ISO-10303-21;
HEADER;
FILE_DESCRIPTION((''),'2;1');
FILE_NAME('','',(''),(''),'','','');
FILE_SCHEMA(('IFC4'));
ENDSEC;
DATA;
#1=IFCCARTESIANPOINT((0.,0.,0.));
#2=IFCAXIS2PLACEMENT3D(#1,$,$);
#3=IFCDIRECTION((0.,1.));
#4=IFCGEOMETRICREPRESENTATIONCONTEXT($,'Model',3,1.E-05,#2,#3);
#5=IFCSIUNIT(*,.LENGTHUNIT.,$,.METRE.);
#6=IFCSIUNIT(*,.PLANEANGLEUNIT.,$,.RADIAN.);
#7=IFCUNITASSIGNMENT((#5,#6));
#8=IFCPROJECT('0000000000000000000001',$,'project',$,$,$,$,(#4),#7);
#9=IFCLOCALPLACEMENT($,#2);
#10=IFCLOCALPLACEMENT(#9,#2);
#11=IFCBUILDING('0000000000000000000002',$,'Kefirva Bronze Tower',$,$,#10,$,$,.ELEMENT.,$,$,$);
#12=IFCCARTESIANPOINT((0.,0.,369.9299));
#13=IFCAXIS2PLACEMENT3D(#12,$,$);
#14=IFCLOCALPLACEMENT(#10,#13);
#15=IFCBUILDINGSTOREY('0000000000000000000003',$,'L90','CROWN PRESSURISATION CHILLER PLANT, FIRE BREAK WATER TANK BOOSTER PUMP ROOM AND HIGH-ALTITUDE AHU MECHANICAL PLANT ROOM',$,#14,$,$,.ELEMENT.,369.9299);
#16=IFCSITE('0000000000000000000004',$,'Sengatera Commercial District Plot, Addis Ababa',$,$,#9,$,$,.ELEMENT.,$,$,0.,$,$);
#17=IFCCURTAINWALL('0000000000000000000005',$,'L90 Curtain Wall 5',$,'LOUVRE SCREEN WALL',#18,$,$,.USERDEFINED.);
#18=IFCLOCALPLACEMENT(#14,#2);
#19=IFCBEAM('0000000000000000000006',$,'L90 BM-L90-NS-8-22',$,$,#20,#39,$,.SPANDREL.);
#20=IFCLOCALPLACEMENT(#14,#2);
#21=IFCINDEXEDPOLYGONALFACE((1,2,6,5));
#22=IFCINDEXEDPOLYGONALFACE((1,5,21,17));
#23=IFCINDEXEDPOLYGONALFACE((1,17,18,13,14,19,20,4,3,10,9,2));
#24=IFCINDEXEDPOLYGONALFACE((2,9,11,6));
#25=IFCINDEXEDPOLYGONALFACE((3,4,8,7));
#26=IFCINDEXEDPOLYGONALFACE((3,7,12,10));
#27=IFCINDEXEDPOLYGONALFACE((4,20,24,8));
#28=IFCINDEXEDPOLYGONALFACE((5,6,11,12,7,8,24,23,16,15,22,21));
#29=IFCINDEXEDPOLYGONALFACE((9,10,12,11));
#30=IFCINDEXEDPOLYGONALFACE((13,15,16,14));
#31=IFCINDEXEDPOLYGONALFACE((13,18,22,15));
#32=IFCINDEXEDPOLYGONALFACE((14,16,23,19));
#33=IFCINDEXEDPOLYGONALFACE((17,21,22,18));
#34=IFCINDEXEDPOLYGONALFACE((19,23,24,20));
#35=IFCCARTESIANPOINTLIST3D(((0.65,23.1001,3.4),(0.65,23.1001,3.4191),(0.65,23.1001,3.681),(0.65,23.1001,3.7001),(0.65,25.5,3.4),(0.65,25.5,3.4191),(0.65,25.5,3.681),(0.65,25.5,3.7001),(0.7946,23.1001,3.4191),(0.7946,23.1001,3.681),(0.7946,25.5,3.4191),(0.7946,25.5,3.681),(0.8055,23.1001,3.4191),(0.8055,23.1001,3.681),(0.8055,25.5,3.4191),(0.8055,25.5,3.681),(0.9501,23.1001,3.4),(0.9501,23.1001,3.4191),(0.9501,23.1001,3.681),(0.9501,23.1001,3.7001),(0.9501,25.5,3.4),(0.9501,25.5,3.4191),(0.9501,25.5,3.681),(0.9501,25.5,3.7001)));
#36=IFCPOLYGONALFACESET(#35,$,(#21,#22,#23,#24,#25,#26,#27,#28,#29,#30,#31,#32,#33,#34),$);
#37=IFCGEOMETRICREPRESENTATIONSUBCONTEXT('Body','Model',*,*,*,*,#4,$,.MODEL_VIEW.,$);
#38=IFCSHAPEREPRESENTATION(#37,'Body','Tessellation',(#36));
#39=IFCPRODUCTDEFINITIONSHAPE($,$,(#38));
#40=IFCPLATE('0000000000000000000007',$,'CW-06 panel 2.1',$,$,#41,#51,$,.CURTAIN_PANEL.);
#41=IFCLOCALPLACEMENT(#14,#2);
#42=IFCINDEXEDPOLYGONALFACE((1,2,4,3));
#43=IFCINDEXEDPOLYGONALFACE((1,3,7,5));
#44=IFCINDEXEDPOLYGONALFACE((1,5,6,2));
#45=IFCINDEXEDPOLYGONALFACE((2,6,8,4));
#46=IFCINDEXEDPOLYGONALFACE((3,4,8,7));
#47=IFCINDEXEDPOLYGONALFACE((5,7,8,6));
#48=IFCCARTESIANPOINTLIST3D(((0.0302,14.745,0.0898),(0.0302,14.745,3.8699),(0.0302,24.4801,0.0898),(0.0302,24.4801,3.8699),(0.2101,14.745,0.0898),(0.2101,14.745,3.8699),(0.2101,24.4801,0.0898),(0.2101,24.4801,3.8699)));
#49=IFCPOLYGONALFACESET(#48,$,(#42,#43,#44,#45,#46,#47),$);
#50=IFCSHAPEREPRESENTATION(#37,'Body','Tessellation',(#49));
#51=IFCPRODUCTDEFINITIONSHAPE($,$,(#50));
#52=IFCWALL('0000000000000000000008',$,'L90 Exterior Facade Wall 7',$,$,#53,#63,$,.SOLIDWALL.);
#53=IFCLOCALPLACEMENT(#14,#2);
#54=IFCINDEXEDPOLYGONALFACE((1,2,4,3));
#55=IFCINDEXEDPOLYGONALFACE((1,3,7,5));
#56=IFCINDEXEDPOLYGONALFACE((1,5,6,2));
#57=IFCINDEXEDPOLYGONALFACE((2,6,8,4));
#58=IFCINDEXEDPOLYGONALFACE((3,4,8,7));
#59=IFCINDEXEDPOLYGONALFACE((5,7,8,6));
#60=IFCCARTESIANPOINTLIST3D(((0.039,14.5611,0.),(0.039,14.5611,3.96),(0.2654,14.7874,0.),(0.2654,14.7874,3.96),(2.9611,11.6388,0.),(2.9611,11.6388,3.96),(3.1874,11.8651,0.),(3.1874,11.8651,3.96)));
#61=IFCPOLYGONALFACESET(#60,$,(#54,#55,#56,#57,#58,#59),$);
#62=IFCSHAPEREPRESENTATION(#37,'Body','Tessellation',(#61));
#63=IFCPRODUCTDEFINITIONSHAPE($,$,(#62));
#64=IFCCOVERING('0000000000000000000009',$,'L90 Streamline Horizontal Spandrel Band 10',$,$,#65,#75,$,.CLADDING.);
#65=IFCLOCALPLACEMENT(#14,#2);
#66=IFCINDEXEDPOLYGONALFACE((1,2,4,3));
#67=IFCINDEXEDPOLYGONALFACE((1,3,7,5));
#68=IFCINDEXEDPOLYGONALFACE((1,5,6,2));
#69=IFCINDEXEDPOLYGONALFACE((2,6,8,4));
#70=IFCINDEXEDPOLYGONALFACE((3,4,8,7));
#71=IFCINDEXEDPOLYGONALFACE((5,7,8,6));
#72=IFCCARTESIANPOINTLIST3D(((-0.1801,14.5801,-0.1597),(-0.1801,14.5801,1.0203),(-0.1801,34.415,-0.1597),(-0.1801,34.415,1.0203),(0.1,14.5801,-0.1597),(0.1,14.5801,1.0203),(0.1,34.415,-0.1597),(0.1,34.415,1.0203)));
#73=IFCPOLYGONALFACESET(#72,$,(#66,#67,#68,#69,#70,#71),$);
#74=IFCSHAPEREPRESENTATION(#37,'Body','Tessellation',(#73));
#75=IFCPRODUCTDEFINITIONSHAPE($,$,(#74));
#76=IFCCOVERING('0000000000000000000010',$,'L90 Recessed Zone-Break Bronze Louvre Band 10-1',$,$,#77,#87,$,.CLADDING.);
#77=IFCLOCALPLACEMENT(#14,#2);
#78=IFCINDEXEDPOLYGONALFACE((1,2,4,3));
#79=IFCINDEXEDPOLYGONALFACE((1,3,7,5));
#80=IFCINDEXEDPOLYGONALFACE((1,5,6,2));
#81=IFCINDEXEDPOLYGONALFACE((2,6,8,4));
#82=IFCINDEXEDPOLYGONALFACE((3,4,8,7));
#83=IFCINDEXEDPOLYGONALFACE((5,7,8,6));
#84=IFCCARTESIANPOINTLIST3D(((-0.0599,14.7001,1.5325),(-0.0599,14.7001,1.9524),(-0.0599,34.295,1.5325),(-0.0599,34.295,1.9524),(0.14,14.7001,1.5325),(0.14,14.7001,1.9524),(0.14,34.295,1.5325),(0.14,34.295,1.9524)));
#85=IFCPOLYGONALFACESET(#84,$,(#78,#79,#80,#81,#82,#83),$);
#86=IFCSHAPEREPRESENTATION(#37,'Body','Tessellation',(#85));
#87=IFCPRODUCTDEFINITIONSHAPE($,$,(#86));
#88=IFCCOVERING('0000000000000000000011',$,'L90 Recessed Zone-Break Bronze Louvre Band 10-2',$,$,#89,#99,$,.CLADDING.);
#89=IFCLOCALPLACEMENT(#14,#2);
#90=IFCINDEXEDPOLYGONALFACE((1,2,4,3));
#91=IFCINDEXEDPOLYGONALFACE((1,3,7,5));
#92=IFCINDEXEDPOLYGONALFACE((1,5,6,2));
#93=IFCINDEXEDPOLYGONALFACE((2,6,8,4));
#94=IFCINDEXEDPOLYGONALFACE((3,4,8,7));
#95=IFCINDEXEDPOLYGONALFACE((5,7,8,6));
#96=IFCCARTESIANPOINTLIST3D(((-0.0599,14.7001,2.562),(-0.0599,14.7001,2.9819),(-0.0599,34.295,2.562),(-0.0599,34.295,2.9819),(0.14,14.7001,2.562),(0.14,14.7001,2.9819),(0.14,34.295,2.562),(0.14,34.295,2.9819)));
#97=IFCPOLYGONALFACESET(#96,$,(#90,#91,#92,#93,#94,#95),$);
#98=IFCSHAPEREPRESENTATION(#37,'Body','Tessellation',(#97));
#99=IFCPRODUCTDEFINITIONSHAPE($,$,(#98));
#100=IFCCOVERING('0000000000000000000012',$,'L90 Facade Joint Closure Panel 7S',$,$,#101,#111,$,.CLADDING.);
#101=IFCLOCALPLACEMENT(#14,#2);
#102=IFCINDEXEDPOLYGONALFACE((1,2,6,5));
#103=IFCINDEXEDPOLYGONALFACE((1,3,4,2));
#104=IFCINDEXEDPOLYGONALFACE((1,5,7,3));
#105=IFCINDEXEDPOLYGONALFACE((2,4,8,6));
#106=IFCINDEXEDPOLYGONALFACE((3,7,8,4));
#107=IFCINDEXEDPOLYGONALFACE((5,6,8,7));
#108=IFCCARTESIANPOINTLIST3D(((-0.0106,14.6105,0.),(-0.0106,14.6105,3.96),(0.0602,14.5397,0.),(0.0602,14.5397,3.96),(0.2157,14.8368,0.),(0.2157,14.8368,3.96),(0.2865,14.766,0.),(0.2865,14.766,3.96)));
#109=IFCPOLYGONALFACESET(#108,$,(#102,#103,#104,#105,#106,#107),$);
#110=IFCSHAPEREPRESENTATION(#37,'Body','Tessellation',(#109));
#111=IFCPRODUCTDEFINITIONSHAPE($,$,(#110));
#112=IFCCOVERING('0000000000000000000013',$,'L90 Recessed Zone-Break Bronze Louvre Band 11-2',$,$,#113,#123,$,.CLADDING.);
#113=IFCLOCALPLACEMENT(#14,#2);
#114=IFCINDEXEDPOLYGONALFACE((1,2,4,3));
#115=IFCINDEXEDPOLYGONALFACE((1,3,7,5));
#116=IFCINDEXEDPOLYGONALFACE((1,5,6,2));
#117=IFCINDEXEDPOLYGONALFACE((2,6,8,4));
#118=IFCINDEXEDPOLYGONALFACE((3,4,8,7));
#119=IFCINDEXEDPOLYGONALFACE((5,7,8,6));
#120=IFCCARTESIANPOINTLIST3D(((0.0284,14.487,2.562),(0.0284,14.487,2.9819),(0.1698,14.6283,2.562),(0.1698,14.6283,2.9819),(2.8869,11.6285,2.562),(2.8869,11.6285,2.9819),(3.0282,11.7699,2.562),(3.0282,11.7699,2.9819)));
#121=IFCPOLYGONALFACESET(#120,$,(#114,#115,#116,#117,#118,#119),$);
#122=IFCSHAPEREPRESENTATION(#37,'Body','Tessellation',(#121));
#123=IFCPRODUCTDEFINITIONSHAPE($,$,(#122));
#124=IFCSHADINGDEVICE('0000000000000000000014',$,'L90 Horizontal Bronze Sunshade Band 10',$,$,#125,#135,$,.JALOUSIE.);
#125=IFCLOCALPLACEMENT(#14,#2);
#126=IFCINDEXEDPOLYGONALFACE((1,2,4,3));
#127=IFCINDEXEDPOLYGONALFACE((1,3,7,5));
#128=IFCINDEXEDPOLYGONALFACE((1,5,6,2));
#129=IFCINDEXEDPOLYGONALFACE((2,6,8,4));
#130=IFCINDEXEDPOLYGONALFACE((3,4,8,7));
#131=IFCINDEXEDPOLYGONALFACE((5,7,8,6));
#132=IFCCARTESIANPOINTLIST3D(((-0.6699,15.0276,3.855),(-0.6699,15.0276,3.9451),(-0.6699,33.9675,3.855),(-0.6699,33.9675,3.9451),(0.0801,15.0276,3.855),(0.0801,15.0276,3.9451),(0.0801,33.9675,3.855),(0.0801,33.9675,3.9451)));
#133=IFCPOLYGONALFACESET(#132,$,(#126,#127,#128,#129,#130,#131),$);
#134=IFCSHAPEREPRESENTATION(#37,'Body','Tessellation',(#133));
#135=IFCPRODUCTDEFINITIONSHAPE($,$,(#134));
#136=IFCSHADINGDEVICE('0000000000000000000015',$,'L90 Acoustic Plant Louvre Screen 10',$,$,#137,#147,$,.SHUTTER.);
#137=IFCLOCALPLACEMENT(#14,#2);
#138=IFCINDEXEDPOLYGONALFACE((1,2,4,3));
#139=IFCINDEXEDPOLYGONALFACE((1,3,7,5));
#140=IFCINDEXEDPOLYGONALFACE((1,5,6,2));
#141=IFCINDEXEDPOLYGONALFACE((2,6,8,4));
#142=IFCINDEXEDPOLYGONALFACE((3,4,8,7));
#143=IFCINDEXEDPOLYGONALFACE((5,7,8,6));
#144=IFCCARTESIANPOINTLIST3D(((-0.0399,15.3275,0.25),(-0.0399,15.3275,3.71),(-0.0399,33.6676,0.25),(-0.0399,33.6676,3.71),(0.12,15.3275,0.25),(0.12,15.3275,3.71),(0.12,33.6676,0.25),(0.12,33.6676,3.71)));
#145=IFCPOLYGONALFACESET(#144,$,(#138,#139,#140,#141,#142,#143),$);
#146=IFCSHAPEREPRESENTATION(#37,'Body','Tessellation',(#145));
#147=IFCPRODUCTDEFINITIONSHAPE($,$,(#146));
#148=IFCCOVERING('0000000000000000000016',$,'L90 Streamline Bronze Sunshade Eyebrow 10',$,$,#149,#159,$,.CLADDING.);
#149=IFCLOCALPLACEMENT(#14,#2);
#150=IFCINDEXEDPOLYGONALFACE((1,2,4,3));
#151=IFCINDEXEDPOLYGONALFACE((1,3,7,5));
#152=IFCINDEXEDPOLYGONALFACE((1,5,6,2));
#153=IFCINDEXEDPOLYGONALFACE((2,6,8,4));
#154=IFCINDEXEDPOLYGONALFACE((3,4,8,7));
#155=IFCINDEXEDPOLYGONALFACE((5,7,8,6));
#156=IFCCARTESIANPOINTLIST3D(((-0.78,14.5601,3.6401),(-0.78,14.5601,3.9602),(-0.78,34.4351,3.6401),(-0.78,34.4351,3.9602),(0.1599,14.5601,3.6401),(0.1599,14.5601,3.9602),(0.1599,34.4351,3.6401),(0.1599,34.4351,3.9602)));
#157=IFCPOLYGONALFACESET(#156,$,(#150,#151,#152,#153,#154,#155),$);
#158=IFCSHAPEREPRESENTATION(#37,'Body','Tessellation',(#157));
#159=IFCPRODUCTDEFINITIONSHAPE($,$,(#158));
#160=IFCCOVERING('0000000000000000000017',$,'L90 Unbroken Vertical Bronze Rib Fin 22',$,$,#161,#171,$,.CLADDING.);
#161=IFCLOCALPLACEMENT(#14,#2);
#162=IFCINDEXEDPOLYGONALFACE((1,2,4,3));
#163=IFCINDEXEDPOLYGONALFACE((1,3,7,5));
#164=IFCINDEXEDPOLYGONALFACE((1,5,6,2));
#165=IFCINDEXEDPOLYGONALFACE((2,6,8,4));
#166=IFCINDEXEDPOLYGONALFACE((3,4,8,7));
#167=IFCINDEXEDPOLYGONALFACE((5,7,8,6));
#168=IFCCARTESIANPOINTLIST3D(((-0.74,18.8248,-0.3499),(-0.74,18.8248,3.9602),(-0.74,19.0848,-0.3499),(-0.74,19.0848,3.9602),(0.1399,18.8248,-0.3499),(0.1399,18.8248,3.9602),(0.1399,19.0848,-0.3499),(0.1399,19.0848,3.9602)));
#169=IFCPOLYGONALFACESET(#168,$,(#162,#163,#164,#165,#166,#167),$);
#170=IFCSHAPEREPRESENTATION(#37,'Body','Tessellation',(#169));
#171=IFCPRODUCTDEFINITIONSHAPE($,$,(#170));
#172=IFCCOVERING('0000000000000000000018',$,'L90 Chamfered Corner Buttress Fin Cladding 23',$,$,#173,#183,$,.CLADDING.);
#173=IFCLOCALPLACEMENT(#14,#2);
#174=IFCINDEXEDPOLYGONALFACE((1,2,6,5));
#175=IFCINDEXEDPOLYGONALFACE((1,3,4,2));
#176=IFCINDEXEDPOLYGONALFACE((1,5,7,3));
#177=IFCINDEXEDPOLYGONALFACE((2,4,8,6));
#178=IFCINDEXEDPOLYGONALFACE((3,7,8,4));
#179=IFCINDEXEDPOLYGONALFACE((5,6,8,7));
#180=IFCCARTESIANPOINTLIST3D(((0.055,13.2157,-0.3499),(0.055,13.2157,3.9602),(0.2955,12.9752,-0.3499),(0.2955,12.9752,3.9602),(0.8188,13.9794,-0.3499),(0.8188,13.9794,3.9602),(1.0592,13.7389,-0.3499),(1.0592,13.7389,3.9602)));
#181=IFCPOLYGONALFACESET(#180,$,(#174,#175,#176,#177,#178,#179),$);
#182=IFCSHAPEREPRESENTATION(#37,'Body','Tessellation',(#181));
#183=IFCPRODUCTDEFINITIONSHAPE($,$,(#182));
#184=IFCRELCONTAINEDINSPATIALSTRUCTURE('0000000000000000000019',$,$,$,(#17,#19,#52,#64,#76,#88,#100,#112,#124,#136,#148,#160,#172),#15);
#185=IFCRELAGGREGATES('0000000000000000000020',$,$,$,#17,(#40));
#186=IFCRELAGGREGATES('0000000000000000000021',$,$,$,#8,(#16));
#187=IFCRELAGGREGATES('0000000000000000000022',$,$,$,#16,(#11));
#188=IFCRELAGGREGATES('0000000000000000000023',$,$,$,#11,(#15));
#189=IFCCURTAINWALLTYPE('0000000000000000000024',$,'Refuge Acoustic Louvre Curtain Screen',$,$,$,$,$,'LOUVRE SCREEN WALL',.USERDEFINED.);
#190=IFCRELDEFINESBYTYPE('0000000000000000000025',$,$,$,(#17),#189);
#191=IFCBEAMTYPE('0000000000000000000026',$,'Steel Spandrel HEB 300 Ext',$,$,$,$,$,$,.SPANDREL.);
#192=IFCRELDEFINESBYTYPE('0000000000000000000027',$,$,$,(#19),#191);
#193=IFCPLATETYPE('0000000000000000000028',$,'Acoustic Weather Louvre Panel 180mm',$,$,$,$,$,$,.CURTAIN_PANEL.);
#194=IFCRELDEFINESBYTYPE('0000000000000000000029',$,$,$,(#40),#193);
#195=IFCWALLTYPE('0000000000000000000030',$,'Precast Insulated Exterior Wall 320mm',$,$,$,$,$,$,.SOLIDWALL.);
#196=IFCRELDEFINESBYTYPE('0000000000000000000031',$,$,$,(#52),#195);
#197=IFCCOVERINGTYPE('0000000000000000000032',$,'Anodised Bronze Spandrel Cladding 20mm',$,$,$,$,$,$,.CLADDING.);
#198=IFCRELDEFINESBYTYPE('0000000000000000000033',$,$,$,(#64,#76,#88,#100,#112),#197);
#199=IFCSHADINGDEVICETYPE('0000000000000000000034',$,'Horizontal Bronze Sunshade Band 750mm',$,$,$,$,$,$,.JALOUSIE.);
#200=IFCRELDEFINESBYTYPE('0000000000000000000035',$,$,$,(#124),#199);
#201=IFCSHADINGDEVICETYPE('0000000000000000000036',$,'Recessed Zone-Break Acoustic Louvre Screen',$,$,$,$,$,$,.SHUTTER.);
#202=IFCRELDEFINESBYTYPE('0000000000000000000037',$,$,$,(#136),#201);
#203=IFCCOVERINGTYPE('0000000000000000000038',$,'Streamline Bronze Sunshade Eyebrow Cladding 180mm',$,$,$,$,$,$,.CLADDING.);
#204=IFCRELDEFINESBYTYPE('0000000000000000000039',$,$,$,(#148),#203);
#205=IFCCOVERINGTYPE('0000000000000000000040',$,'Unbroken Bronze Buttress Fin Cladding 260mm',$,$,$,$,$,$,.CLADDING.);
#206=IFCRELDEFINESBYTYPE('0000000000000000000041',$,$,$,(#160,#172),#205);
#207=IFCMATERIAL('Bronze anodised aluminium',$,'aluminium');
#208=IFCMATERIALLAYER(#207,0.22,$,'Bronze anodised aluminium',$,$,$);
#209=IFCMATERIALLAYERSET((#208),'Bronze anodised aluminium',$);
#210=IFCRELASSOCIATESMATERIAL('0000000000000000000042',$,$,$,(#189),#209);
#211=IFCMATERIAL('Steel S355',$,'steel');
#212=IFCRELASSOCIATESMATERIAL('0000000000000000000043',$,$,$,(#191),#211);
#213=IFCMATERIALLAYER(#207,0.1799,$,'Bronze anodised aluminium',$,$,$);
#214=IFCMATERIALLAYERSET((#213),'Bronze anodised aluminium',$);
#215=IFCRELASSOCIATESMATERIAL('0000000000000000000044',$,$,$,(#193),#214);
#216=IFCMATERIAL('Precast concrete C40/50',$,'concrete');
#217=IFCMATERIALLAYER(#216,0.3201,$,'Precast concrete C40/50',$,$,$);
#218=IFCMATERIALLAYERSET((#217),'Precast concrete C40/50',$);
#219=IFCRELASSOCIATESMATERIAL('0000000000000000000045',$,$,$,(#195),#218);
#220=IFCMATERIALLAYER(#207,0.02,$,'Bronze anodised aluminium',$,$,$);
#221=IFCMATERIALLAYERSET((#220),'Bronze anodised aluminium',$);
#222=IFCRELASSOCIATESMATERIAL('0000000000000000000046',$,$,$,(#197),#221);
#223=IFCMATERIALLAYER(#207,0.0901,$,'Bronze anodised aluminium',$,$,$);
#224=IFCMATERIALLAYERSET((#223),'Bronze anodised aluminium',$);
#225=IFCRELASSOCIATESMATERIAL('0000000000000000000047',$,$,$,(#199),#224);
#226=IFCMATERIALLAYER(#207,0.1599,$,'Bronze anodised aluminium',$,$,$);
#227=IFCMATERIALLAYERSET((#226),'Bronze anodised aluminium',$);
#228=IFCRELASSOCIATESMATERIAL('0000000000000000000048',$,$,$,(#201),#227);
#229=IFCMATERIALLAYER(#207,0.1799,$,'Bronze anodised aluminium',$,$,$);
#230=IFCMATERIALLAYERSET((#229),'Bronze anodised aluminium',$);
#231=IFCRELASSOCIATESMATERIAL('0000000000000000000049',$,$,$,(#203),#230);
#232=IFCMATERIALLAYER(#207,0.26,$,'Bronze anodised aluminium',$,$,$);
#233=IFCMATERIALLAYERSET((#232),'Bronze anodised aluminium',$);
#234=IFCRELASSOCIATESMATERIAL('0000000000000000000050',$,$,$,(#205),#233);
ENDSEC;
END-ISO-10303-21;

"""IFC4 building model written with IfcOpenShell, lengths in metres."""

from ifc_helpers import new_model, si_unit, direction, frame, frame_2d, origin, origin_2d, place, context, subcontext, project, spatial, rectangle, i_section, extrude, material, layer, layer_set, material_profile, profile_set, type_object, element, aggregate, save


model = new_model("IFC4")

# Units and contexts
model_context = context("Model", 3, precision=1e-05, world=origin(), true_north=direction((0.0, 1.0)))
body_context = subcontext(model_context, "Body", "Model", "MODEL_VIEW")
ifc_project = project(units=[si_unit("LENGTHUNIT", "METRE"), si_unit("PLANEANGLEUNIT", "RADIAN")], contexts=[model_context])

# Site, building, storey
site_placement = place(None, origin())
site = spatial("IfcSite", under=ifc_project, at=site_placement, Name="Sengatera Commercial District Plot, Addis Ababa", CompositionType="ELEMENT", RefElevation=0.0)
building_placement = place(site_placement, origin())
building = spatial("IfcBuilding", under=site, at=building_placement, Name="Kefirva Bronze Tower", CompositionType="ELEMENT")
storey_placement = place(building_placement, frame((0.0, 0.0, 369.9299)))
storey = spatial("IfcBuildingStorey", under=building, at=storey_placement, Name="L90", Description="CROWN PRESSURISATION CHILLER PLANT, FIRE BREAK WATER TANK BOOSTER PUMP ROOM AND HIGH-ALTITUDE AHU MECHANICAL PLANT ROOM", CompositionType="ELEMENT", Elevation=369.9299)

# Curtain wall
ifc_material_1 = material(Name="Bronze anodised aluminium", Category="aluminium")
ifc_layer_1 = layer(ifc_material_1, 0.22, Name="Bronze anodised aluminium")
ifc_layer_set_1 = layer_set([ifc_layer_1], Name="Bronze anodised aluminium")
curtain_wall_type = type_object("IfcCurtainWallType", Name="Refuge Acoustic Louvre Curtain Screen", ElementType="LOUVRE SCREEN WALL", PredefinedType="USERDEFINED", material=ifc_layer_set_1)
curtain_wall_placement = place(storey_placement, origin())
curtain_wall = element("IfcCurtainWall", 1, at=curtain_wall_placement, inside=storey, type_object=curtain_wall_type, Name="L90 Curtain Wall 5", ObjectType="LOUVRE SCREEN WALL", PredefinedType="USERDEFINED")

# Beam
ifc_material_2 = material(Name="Steel S355", Category="steel")
ifc_material_profile_1 = material_profile(ifc_material_2, i_section(OverallWidth=0.3, OverallDepth=0.3, WebThickness=0.011, FlangeThickness=0.019, at=origin_2d()), Name="HEB 300")
ifc_profile_set_1 = profile_set([ifc_material_profile_1], Name="Steel S355")
beam_type_1 = type_object("IfcBeamType", Name="Steel Spandrel HEB 300 Ext", PredefinedType="SPANDREL", material=ifc_profile_set_1)
beam_1_placement = place(storey_placement, frame((0.8, 23.1001, 3.55), z_axis=(0.0, 1.0, 0.0), x_axis=(-1.0, 0.0, 0.0)))
element("IfcBeam", 2, at=beam_1_placement, inside=storey, type_object=beam_type_1, Name="L90 BM-L90-NS-8-22", PredefinedType="SPANDREL", context=body_context, shape_type="SweptSolid", body=[
    extrude(i_section(OverallWidth=0.3, OverallDepth=0.3, WebThickness=0.011, FlangeThickness=0.019, at=origin_2d()), origin(), (0.0, 0.0, 1.0), 2.3999),
])

# Plate
ifc_layer_2 = layer(ifc_material_1, 0.1799, Name="Bronze anodised aluminium")
ifc_layer_set_2 = layer_set([ifc_layer_2], Name="Bronze anodised aluminium")
plate_type = type_object("IfcPlateType", Name="Acoustic Weather Louvre Panel 180mm", PredefinedType="CURTAIN_PANEL", material=ifc_layer_set_2)
plate_placement = place(storey_placement, frame((0.1201, 19.6125, 0.0898), z_axis=(0.0, 0.0, 1.0), x_axis=(0.0, -1.0, 0.0)))
plate = element("IfcPlate", 3, at=plate_placement, type_object=plate_type, Name="CW-06 panel 2.1", PredefinedType="CURTAIN_PANEL", context=body_context, shape_type="SweptSolid", body=[
    extrude(rectangle(XDim=9.7351, YDim=0.1799, at=origin_2d()), origin(), (0.0, 0.0, 1.0), 3.78),
])
aggregate(curtain_wall, [plate])

# Wall
ifc_material_3 = material(Name="Precast concrete C40/50", Category="concrete")
ifc_layer_3 = layer(ifc_material_3, 0.3201, Name="Precast concrete C40/50")
ifc_layer_set_3 = layer_set([ifc_layer_3], Name="Precast concrete C40/50")
wall_type = type_object("IfcWallType", Name="Precast Insulated Exterior Wall 320mm", PredefinedType="SOLIDWALL", material=ifc_layer_set_3)
wall_placement = place(storey_placement, frame((0.1521, 14.6743, 0.0), z_axis=(0.0, 0.0, 1.0), x_axis=(0.707077, -0.707136, 0.0)))
element("IfcWall", 4, at=wall_placement, inside=storey, type_object=wall_type, Name="L90 Exterior Facade Wall 7", PredefinedType="SOLIDWALL", context=body_context, shape_type="SweptSolid", body=[
    extrude(rectangle(XDim=4.1326, YDim=0.3201, at=frame_2d((2.0664, 0.0))), origin(), (0.0, 0.0, 1.0), 3.96),
])

# Coverings
ifc_layer_4 = layer(ifc_material_1, 0.02, Name="Bronze anodised aluminium")
ifc_layer_set_4 = layer_set([ifc_layer_4], Name="Bronze anodised aluminium")
covering_type_1 = type_object("IfcCoveringType", Name="Anodised Bronze Spandrel Cladding 20mm", PredefinedType="CLADDING", material=ifc_layer_set_4)
covering_1_placement = place(storey_placement, frame((-0.04, 24.4976, -0.1597), z_axis=(0.0, 0.0, 1.0), x_axis=(0.0, -1.0, 0.0)))
element("IfcCovering", 5, at=covering_1_placement, inside=storey, type_object=covering_type_1, Name="L90 Streamline Horizontal Spandrel Band 10", PredefinedType="CLADDING", context=body_context, shape_type="SweptSolid", body=[
    extrude(rectangle(XDim=19.835, YDim=0.28, at=origin_2d()), origin(), (0.0, 0.0, 1.0), 1.1799),
])
for number, where, z_axis, x_axis, name in (
    (6, (0.04, 24.4976, 1.5325), (0.0, 0.0, 1.0), (0.0, -1.0, 0.0), "L90 Recessed Zone-Break Bronze Louvre Band 10-1"),
    (7, (0.04, 24.4976, 2.562), (0.0, 0.0, 1.0), (0.0, -1.0, 0.0), "L90 Recessed Zone-Break Bronze Louvre Band 10-2"),
):
    element("IfcCovering", number, at=place(storey_placement, frame(where, z_axis=z_axis, x_axis=x_axis)), inside=storey, type_object=covering_type_1, Name=name, PredefinedType="CLADDING", context=body_context, shape_type="SweptSolid", body=[
        extrude(rectangle(XDim=19.595, YDim=0.2, at=origin_2d()), origin(), (0.0, 0.0, 1.0), 0.4199),
    ])
covering_2_placement = place(storey_placement, frame((0.1379, 14.6882, 0.0), z_axis=(0.0, 0.0, 1.0), x_axis=(0.707107, -0.707107, 0.0)))
element("IfcCovering", 8, at=covering_2_placement, inside=storey, type_object=covering_type_1, Name="L90 Facade Joint Closure Panel 7S", PredefinedType="CLADDING", context=body_context, shape_type="SweptSolid", body=[
    extrude(rectangle(XDim=0.1001, YDim=0.3201, at=origin_2d()), origin(), (0.0, 0.0, 1.0), 3.96),
])
covering_3_placement = place(storey_placement, frame((1.5283, 13.1284, 2.562), z_axis=(0.0, 0.0, 1.0), x_axis=(0.707107, -0.707107, 0.0)))
element("IfcCovering", 9, at=covering_3_placement, inside=storey, type_object=covering_type_1, Name="L90 Recessed Zone-Break Bronze Louvre Band 11-2", PredefinedType="CLADDING", context=body_context, shape_type="SweptSolid", body=[
    extrude(rectangle(XDim=4.0425, YDim=0.2, at=origin_2d()), origin(), (0.0, 0.0, 1.0), 0.4199),
])

# Shading devices
ifc_layer_5 = layer(ifc_material_1, 0.0901, Name="Bronze anodised aluminium")
ifc_layer_set_5 = layer_set([ifc_layer_5], Name="Bronze anodised aluminium")
shading_device_type_1 = type_object("IfcShadingDeviceType", Name="Horizontal Bronze Sunshade Band 750mm", PredefinedType="JALOUSIE", material=ifc_layer_set_5)
shading_device_1_placement = place(storey_placement, frame((-0.2949, 24.4976, 3.855), z_axis=(0.0, 0.0, 1.0), x_axis=(0.0, -1.0, 0.0)))
element("IfcShadingDevice", 10, at=shading_device_1_placement, inside=storey, type_object=shading_device_type_1, Name="L90 Horizontal Bronze Sunshade Band 10", PredefinedType="JALOUSIE", context=body_context, shape_type="SweptSolid", body=[
    extrude(rectangle(XDim=18.9399, YDim=0.75, at=origin_2d()), origin(), (0.0, 0.0, 1.0), 0.0901),
])
ifc_layer_6 = layer(ifc_material_1, 0.1599, Name="Bronze anodised aluminium")
ifc_layer_set_6 = layer_set([ifc_layer_6], Name="Bronze anodised aluminium")
shading_device_type_2 = type_object("IfcShadingDeviceType", Name="Recessed Zone-Break Acoustic Louvre Screen", PredefinedType="SHUTTER", material=ifc_layer_set_6)
shading_device_2_placement = place(storey_placement, frame((0.04, 24.4976, 0.25), z_axis=(0.0, 0.0, 1.0), x_axis=(0.0, -1.0, 0.0)))
element("IfcShadingDevice", 11, at=shading_device_2_placement, inside=storey, type_object=shading_device_type_2, Name="L90 Acoustic Plant Louvre Screen 10", PredefinedType="SHUTTER", context=body_context, shape_type="SweptSolid", body=[
    extrude(rectangle(XDim=18.3401, YDim=0.1599, at=origin_2d()), origin(), (0.0, 0.0, 1.0), 3.46),
])

# Coverings
ifc_layer_7 = layer(ifc_material_1, 0.1799, Name="Bronze anodised aluminium")
ifc_layer_set_7 = layer_set([ifc_layer_7], Name="Bronze anodised aluminium")
covering_type_2 = type_object("IfcCoveringType", Name="Streamline Bronze Sunshade Eyebrow Cladding 180mm", PredefinedType="CLADDING", material=ifc_layer_set_7)
covering_4_placement = place(storey_placement, frame((-0.3101, 24.4976, 3.6401), z_axis=(0.0, 0.0, 1.0), x_axis=(0.0, -1.0, 0.0)))
element("IfcCovering", 12, at=covering_4_placement, inside=storey, type_object=covering_type_2, Name="L90 Streamline Bronze Sunshade Eyebrow 10", PredefinedType="CLADDING", context=body_context, shape_type="SweptSolid", body=[
    extrude(rectangle(XDim=19.875, YDim=0.9399, at=origin_2d()), origin(), (0.0, 0.0, 1.0), 0.3201),
])
ifc_layer_8 = layer(ifc_material_1, 0.26, Name="Bronze anodised aluminium")
ifc_layer_set_8 = layer_set([ifc_layer_8], Name="Bronze anodised aluminium")
covering_type_3 = type_object("IfcCoveringType", Name="Unbroken Bronze Buttress Fin Cladding 260mm", PredefinedType="CLADDING", material=ifc_layer_set_8)
covering_5_placement = place(storey_placement, frame((-0.3, 18.9548, -0.3499), z_axis=(0.0, 0.0, 1.0), x_axis=(0.0, -1.0, 0.0)))
element("IfcCovering", 13, at=covering_5_placement, inside=storey, type_object=covering_type_3, Name="L90 Unbroken Vertical Bronze Rib Fin 22", PredefinedType="CLADDING", context=body_context, shape_type="SweptSolid", body=[
    extrude(rectangle(XDim=0.26, YDim=0.8799, at=origin_2d()), origin(), (0.0, 0.0, 1.0), 4.3101),
])
covering_6_placement = place(storey_placement, frame((0.5571, 13.4773, -0.3499), z_axis=(0.0, 0.0, 1.0), x_axis=(0.707107, -0.707107, 0.0)))
element("IfcCovering", 14, at=covering_6_placement, inside=storey, type_object=covering_type_3, Name="L90 Chamfered Corner Buttress Fin Cladding 23", PredefinedType="CLADDING", context=body_context, shape_type="SweptSolid", body=[
    extrude(rectangle(XDim=0.3401, YDim=1.0801, at=origin_2d()), origin(), (0.0, 0.0, 1.0), 4.3101),
])

save(model, "model.ifc")
